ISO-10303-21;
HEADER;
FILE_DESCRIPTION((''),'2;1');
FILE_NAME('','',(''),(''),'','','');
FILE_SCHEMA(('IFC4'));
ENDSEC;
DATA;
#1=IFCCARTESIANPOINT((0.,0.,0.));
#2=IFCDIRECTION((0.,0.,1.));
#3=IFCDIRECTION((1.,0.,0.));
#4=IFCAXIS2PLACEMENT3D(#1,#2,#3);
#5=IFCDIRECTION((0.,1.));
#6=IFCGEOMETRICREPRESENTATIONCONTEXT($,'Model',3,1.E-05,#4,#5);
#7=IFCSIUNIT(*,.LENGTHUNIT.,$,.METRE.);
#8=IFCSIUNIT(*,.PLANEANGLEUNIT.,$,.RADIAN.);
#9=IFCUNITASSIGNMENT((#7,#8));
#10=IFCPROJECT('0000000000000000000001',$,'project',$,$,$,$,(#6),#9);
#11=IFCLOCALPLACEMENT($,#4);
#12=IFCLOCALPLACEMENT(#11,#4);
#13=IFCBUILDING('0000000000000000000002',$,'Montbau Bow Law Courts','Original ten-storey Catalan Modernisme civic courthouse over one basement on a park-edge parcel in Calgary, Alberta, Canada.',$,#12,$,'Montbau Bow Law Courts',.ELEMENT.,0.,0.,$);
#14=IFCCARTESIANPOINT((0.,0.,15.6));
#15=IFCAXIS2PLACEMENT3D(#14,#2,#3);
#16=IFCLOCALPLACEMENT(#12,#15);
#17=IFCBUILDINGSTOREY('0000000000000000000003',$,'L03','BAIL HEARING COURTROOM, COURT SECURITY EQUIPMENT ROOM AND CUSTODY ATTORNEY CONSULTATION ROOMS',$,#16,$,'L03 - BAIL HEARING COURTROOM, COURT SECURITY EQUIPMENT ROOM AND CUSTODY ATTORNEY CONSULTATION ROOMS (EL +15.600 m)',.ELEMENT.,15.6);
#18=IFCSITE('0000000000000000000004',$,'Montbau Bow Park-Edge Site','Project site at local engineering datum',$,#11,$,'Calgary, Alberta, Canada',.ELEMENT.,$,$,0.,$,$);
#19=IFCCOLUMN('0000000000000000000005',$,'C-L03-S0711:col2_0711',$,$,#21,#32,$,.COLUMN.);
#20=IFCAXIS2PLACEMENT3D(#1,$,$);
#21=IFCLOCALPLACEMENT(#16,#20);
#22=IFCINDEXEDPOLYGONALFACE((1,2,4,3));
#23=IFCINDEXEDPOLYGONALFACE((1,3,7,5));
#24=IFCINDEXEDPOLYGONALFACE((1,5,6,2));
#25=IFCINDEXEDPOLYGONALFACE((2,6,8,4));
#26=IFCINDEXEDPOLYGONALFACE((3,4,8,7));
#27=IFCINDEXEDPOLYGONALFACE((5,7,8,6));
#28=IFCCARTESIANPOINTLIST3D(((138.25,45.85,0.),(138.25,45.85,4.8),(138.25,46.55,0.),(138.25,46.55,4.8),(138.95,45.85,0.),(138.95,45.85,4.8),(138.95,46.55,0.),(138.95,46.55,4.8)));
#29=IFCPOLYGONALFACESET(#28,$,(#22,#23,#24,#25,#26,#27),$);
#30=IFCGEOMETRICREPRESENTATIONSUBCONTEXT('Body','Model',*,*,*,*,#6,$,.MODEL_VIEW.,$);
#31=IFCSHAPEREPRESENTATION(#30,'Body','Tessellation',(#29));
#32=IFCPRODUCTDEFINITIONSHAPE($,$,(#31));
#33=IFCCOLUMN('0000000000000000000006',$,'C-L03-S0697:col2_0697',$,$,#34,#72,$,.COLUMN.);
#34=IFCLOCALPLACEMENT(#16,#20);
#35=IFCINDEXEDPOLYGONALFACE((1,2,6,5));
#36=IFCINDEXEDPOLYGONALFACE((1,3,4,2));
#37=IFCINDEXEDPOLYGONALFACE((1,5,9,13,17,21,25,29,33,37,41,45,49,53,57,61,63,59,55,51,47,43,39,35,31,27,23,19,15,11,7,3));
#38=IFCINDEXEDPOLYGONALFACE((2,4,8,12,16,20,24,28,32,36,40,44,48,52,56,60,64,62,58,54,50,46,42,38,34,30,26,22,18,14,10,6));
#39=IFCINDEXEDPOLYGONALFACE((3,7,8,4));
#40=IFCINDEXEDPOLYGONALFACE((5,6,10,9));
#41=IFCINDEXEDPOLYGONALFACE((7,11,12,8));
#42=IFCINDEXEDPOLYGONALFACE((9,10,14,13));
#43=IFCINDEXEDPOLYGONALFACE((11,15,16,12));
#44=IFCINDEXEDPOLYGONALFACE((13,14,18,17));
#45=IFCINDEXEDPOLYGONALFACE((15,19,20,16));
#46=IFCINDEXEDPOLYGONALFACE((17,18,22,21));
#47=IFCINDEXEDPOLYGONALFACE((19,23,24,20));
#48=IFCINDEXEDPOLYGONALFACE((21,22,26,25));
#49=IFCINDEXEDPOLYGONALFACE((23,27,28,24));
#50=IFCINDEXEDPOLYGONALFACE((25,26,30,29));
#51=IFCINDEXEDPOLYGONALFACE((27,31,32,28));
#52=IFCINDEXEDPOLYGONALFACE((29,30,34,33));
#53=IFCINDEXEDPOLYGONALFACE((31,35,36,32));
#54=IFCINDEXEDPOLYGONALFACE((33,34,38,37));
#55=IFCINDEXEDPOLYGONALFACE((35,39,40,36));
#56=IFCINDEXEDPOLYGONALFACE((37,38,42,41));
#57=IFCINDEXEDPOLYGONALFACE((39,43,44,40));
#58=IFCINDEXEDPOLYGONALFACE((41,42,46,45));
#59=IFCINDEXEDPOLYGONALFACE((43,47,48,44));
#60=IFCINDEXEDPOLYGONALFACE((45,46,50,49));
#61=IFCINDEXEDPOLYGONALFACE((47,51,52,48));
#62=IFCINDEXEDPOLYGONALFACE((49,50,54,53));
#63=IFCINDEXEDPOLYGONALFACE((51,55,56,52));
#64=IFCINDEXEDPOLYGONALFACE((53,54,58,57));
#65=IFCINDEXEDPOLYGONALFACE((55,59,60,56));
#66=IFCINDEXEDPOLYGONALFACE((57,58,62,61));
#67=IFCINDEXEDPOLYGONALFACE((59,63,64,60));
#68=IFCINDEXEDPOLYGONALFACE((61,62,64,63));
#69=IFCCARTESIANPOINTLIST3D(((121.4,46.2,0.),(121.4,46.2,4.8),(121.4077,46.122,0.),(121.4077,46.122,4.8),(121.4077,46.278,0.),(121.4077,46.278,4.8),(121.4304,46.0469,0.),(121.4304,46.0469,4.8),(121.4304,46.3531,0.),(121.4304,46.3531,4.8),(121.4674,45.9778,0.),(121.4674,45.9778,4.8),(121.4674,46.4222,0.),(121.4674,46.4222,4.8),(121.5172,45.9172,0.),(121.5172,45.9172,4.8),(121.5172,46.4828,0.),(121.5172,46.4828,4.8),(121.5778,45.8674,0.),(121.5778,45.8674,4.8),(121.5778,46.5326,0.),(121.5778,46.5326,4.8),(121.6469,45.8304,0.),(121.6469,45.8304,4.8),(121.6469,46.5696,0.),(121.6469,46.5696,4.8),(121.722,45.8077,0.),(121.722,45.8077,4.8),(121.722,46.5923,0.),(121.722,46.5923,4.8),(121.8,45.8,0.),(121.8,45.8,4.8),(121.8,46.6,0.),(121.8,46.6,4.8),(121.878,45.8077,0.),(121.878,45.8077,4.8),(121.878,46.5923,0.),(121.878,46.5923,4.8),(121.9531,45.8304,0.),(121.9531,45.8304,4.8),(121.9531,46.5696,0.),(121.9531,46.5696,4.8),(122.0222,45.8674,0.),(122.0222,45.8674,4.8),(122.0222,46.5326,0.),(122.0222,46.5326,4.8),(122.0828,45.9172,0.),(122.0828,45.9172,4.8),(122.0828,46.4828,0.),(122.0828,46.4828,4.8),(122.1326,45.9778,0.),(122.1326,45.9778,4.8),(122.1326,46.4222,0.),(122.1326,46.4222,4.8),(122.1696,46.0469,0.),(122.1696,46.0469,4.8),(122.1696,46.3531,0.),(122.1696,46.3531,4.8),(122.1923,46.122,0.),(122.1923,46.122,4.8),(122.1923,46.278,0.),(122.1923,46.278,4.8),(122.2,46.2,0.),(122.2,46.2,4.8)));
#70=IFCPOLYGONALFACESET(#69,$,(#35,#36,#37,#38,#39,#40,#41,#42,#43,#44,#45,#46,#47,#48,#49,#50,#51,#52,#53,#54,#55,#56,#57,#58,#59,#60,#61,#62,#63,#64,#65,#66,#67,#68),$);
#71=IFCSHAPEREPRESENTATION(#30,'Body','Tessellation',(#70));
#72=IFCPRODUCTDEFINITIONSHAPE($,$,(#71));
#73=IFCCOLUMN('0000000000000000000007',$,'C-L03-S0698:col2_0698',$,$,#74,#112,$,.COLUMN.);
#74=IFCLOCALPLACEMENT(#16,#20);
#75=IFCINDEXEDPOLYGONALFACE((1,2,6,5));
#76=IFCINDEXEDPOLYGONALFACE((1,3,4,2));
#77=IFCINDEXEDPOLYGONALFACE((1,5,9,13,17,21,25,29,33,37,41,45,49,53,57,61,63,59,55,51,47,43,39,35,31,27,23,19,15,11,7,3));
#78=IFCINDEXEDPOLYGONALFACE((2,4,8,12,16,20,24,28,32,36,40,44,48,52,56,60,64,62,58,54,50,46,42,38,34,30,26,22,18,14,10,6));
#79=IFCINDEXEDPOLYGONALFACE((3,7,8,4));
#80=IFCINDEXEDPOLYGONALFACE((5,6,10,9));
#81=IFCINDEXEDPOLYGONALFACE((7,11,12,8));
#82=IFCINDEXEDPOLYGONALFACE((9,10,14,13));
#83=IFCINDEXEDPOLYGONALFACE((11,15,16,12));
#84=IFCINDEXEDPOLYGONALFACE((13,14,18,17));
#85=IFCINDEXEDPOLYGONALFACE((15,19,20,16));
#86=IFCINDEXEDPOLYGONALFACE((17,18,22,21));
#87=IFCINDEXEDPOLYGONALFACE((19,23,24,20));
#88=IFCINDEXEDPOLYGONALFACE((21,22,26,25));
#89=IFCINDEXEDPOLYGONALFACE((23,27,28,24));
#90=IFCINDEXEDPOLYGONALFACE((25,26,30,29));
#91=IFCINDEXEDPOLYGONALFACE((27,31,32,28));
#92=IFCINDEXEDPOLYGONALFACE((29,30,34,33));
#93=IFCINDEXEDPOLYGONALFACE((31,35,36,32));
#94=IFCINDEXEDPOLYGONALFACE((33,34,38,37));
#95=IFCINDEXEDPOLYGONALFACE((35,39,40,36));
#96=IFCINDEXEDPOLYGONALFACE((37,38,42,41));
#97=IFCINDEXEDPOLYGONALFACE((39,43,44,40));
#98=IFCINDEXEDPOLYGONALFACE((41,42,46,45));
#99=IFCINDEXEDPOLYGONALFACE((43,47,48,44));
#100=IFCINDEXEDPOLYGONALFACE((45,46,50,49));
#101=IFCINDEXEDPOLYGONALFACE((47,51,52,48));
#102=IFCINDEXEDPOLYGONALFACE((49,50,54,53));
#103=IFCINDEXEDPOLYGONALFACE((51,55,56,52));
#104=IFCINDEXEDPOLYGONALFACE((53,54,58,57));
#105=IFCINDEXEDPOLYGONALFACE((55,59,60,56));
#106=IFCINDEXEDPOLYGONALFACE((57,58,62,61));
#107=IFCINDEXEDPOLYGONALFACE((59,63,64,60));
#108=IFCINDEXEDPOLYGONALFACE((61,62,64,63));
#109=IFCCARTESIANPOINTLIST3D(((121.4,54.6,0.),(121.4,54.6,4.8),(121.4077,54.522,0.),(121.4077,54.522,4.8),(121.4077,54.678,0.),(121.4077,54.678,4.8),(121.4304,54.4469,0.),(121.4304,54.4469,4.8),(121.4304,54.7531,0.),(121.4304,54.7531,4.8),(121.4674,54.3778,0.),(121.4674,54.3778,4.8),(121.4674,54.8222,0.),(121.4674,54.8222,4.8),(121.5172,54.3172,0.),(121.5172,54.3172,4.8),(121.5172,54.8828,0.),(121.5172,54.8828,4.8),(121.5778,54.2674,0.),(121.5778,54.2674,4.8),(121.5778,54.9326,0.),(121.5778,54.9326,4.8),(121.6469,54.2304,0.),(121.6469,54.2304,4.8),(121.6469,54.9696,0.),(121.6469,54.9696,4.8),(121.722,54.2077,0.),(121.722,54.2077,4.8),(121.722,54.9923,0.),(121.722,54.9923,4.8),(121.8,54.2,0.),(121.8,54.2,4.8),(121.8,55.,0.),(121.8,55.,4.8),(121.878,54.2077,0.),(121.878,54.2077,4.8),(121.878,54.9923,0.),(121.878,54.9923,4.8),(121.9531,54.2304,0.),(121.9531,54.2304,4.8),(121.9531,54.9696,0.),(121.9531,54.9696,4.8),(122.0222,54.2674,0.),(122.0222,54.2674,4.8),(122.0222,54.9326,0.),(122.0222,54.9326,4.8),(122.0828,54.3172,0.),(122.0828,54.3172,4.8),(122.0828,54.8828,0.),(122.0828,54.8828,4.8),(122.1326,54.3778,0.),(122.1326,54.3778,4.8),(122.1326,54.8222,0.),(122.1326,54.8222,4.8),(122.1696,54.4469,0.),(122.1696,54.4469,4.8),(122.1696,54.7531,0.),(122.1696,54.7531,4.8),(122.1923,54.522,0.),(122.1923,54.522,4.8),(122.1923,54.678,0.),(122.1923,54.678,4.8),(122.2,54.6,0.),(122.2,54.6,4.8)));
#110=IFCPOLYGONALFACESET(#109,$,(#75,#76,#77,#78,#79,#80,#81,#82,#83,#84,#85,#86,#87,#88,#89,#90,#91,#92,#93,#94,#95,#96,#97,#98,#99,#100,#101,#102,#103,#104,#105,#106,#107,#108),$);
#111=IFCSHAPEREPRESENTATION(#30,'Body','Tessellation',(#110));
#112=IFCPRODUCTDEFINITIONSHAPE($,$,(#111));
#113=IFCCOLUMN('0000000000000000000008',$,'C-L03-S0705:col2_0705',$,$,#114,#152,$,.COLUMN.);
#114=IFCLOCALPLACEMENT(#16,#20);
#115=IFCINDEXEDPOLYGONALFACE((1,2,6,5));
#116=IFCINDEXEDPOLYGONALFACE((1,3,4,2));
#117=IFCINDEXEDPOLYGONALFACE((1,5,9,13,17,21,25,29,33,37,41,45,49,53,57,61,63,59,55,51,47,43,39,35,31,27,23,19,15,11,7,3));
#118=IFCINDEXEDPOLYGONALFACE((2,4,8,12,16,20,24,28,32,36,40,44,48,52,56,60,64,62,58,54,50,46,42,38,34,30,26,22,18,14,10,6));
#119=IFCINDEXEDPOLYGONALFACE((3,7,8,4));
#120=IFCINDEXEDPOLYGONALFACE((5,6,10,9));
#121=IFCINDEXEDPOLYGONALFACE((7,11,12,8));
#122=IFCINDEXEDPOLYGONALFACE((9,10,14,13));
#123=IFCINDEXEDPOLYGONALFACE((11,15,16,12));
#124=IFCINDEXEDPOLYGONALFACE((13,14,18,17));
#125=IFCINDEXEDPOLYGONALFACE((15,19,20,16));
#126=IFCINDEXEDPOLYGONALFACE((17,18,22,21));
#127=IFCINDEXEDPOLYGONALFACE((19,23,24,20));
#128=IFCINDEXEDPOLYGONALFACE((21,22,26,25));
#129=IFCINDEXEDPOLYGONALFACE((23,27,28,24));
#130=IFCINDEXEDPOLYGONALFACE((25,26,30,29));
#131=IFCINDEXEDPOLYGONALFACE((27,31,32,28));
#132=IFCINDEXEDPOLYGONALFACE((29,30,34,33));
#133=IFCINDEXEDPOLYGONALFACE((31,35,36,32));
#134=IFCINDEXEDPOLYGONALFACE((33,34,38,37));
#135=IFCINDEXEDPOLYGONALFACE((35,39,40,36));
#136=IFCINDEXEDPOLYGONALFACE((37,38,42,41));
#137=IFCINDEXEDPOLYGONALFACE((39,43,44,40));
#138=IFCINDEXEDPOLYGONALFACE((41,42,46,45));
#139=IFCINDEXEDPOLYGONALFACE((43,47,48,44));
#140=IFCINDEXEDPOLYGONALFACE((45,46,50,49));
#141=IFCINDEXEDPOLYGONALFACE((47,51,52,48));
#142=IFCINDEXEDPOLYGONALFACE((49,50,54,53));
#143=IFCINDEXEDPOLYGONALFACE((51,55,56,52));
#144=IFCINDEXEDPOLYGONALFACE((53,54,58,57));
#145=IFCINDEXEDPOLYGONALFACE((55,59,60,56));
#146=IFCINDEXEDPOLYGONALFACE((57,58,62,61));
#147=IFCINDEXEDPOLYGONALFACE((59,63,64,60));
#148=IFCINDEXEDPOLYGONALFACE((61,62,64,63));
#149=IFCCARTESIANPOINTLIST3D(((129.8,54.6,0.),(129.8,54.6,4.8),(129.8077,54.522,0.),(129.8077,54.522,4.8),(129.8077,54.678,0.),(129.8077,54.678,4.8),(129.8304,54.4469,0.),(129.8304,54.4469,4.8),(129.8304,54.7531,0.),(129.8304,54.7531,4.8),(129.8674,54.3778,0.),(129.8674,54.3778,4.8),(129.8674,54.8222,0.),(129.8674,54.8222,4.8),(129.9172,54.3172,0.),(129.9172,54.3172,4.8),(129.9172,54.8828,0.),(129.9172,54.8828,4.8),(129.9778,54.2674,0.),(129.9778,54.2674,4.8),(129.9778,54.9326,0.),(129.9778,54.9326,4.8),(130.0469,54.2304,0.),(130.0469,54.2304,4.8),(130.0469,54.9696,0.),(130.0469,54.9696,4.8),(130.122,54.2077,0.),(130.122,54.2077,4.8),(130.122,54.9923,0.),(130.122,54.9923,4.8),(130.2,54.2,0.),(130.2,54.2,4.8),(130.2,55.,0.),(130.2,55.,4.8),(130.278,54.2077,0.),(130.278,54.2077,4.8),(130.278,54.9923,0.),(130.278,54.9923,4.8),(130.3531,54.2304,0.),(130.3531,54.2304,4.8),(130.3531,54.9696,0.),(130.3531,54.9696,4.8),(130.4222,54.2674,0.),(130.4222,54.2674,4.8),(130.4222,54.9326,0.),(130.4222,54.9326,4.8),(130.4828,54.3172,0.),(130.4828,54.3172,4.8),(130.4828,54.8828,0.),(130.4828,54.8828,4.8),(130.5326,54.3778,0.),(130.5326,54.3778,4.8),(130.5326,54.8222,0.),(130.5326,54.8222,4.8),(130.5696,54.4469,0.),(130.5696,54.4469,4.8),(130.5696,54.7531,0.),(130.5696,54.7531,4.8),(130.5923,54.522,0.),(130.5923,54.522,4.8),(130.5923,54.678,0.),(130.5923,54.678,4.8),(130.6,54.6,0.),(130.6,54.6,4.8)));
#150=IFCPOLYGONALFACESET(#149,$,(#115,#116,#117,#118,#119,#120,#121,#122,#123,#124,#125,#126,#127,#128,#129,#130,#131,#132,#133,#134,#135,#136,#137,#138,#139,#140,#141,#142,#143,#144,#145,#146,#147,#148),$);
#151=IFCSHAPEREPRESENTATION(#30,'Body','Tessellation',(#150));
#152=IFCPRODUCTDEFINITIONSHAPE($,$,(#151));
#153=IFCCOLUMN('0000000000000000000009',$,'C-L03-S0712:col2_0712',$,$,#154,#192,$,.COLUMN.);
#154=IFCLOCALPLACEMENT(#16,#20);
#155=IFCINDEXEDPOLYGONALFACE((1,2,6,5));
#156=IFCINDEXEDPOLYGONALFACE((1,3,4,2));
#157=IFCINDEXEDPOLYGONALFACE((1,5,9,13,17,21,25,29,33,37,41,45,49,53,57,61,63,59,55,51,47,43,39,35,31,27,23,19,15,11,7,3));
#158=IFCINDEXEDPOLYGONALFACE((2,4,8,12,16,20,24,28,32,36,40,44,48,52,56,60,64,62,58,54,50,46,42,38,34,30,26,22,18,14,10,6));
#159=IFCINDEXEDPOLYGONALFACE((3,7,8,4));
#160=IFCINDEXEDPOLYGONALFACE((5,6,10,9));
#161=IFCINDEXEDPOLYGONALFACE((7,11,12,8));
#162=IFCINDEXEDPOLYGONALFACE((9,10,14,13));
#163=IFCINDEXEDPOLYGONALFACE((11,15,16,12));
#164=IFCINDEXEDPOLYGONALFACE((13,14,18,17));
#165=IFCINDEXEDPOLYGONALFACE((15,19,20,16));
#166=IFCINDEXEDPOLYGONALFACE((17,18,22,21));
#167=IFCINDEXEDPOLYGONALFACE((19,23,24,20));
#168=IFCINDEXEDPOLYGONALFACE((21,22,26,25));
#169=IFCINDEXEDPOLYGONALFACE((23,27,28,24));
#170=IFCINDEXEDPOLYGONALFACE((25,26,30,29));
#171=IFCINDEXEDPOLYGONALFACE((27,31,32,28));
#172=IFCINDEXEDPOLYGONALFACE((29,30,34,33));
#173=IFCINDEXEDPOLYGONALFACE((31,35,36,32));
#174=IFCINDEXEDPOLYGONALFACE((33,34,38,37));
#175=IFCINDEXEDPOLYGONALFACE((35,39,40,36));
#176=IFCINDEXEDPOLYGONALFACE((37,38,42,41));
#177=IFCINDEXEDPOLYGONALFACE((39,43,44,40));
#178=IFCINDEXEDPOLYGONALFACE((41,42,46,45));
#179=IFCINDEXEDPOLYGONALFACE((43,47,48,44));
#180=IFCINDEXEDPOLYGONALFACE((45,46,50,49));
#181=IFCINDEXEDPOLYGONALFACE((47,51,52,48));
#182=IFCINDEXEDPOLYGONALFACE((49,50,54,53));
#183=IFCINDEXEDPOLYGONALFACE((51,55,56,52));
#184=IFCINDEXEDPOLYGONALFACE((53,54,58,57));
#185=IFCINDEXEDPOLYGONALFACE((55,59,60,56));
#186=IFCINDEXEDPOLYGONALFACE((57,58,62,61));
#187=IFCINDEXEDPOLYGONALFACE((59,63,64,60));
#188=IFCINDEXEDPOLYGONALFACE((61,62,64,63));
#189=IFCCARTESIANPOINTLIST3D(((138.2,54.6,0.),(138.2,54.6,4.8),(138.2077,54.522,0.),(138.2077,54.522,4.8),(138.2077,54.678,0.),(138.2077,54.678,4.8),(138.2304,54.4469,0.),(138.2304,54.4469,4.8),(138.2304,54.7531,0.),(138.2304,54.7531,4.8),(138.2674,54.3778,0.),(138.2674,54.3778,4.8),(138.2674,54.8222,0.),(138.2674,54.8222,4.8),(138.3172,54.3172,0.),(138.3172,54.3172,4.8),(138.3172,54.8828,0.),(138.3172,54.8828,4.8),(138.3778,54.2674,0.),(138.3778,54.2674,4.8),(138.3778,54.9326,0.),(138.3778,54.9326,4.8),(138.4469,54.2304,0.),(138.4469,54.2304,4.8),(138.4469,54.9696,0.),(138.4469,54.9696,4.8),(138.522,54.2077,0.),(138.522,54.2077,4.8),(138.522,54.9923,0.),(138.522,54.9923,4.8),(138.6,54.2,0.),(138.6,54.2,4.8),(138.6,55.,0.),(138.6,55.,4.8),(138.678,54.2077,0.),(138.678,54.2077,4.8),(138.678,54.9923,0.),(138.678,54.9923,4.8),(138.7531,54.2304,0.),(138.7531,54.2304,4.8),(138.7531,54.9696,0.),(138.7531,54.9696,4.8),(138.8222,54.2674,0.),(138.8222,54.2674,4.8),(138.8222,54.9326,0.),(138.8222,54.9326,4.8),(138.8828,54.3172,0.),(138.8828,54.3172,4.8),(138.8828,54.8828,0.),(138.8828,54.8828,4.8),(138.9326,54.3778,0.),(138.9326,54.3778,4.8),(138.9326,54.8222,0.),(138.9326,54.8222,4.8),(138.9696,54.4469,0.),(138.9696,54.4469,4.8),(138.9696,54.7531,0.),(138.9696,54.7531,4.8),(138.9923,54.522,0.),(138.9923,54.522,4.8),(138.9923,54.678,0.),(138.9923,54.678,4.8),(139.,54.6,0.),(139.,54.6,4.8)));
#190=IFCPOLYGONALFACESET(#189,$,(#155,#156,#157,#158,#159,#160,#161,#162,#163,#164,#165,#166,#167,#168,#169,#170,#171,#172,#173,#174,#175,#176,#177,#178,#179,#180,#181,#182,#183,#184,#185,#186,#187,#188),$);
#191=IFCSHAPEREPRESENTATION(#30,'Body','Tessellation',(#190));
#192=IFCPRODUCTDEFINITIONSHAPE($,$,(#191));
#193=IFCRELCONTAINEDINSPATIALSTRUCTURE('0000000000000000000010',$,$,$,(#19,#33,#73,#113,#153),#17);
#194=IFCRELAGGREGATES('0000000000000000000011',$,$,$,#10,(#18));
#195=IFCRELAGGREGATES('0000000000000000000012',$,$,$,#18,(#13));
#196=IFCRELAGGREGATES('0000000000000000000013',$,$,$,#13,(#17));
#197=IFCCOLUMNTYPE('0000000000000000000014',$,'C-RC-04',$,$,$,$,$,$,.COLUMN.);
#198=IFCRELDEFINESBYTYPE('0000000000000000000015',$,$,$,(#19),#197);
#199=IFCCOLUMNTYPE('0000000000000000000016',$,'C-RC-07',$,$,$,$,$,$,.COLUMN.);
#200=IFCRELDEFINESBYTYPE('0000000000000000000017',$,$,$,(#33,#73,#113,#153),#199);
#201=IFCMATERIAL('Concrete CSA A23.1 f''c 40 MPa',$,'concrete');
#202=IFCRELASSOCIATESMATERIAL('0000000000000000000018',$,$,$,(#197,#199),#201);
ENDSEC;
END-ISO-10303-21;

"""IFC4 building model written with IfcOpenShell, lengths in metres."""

from ifc_helpers import new_model, si_unit, direction, frame, origin_with_axes, origin_2d_with_axis, place, context, subcontext, project, spatial, rectangle, circle, extrude, material, material_profile, profile_set, type_object, element, save


model = new_model("IFC4")

# Units and contexts
model_context = context("Model", 3, precision=1e-05, world=origin_with_axes(), true_north=direction((0.0, 1.0)))
body_context = subcontext(model_context, "Body", "Model", "MODEL_VIEW")
ifc_project = project(units=[si_unit("LENGTHUNIT", "METRE"), si_unit("PLANEANGLEUNIT", "RADIAN")], contexts=[model_context])

# Site, building, storey
site_placement = place(None, origin_with_axes())
site = spatial("IfcSite", under=ifc_project, at=site_placement, Name="Montbau Bow Park-Edge Site", Description="Project site at local engineering datum", LongName="Calgary, Alberta, Canada", CompositionType="ELEMENT", RefElevation=0.0)
building_placement = place(site_placement, origin_with_axes())
building = spatial("IfcBuilding", under=site, at=building_placement, Name="Montbau Bow Law Courts", Description="Original ten-storey Catalan Modernisme civic courthouse over one basement on a park-edge parcel in Calgary, Alberta, Canada.", LongName="Montbau Bow Law Courts", CompositionType="ELEMENT", ElevationOfRefHeight=0.0, ElevationOfTerrain=0.0)
storey_placement = place(building_placement, frame((0.0, 0.0, 15.6), z_axis=(0.0, 0.0, 1.0), x_axis=(1.0, 0.0, 0.0)))
storey = spatial("IfcBuildingStorey", under=building, at=storey_placement, Name="L03", Description="BAIL HEARING COURTROOM, COURT SECURITY EQUIPMENT ROOM AND CUSTODY ATTORNEY CONSULTATION ROOMS", LongName="L03 - BAIL HEARING COURTROOM, COURT SECURITY EQUIPMENT ROOM AND CUSTODY ATTORNEY CONSULTATION ROOMS (EL +15.600 m)", CompositionType="ELEMENT", Elevation=15.6)

# Columns
ifc_material_1 = material(Name="Concrete CSA A23.1 f'c 40 MPa", Category="concrete")
ifc_material_profile_1 = material_profile(ifc_material_1, rectangle(XDim=0.7, YDim=0.7, at=origin_2d_with_axis()), Name="RC700X700", Category="Main", Priority=0)
ifc_profile_set_1 = profile_set([ifc_material_profile_1], Name="Concrete CSA A23.1 f'c 40 MPa")
column_type_1 = type_object("IfcColumnType", Name="C-RC-04", PredefinedType="COLUMN", material=ifc_profile_set_1)
column_1_placement = place(None, frame((138.6, 46.2, 15.6), z_axis=(0.0, 0.0, 1.0), x_axis=(1.0, 0.0, 0.0)))
element("IfcColumn", 1, at=column_1_placement, inside=storey, type_object=column_type_1, Name="C-L03-S0711:col2_0711", PredefinedType="COLUMN", context=body_context, shape_type="SweptSolid", body=[
    extrude(rectangle(XDim=0.7, YDim=0.7, at=origin_2d_with_axis()), origin_with_axes(), (0.0, 0.0, 1.0), 4.8),
])
ifc_material_profile_2 = material_profile(ifc_material_1, circle(Radius=0.4, at=origin_2d_with_axis()), Name="RC800D", Category="Main", Priority=0)
ifc_profile_set_2 = profile_set([ifc_material_profile_2], Name="Concrete CSA A23.1 f'c 40 MPa")
column_type_2 = type_object("IfcColumnType", Name="C-RC-07", PredefinedType="COLUMN", material=ifc_profile_set_2)
for number, where, z_axis, x_axis, name in (
    (2, (121.8, 46.2, 15.6), (0.0, 0.0, 1.0), (1.0, 0.0, 0.0), "C-L03-S0697:col2_0697"),
    (3, (121.8, 54.6, 15.6), (0.0, 0.0, 1.0), (1.0, 0.0, 0.0), "C-L03-S0698:col2_0698"),
    (4, (130.2, 54.6, 15.6), (0.0, 0.0, 1.0), (1.0, 0.0, 0.0), "C-L03-S0705:col2_0705"),
    (5, (138.6, 54.6, 15.6), (0.0, 0.0, 1.0), (1.0, 0.0, 0.0), "C-L03-S0712:col2_0712"),
):
    element("IfcColumn", number, at=place(None, frame(where, z_axis=z_axis, x_axis=x_axis)), inside=storey, type_object=column_type_2, Name=name, PredefinedType="COLUMN", context=body_context, shape_type="SweptSolid", body=[
        extrude(circle(Radius=0.4, at=origin_2d_with_axis()), origin_with_axes(), (0.0, 0.0, 1.0), 4.8),
    ])

save(model, "model.ifc")
